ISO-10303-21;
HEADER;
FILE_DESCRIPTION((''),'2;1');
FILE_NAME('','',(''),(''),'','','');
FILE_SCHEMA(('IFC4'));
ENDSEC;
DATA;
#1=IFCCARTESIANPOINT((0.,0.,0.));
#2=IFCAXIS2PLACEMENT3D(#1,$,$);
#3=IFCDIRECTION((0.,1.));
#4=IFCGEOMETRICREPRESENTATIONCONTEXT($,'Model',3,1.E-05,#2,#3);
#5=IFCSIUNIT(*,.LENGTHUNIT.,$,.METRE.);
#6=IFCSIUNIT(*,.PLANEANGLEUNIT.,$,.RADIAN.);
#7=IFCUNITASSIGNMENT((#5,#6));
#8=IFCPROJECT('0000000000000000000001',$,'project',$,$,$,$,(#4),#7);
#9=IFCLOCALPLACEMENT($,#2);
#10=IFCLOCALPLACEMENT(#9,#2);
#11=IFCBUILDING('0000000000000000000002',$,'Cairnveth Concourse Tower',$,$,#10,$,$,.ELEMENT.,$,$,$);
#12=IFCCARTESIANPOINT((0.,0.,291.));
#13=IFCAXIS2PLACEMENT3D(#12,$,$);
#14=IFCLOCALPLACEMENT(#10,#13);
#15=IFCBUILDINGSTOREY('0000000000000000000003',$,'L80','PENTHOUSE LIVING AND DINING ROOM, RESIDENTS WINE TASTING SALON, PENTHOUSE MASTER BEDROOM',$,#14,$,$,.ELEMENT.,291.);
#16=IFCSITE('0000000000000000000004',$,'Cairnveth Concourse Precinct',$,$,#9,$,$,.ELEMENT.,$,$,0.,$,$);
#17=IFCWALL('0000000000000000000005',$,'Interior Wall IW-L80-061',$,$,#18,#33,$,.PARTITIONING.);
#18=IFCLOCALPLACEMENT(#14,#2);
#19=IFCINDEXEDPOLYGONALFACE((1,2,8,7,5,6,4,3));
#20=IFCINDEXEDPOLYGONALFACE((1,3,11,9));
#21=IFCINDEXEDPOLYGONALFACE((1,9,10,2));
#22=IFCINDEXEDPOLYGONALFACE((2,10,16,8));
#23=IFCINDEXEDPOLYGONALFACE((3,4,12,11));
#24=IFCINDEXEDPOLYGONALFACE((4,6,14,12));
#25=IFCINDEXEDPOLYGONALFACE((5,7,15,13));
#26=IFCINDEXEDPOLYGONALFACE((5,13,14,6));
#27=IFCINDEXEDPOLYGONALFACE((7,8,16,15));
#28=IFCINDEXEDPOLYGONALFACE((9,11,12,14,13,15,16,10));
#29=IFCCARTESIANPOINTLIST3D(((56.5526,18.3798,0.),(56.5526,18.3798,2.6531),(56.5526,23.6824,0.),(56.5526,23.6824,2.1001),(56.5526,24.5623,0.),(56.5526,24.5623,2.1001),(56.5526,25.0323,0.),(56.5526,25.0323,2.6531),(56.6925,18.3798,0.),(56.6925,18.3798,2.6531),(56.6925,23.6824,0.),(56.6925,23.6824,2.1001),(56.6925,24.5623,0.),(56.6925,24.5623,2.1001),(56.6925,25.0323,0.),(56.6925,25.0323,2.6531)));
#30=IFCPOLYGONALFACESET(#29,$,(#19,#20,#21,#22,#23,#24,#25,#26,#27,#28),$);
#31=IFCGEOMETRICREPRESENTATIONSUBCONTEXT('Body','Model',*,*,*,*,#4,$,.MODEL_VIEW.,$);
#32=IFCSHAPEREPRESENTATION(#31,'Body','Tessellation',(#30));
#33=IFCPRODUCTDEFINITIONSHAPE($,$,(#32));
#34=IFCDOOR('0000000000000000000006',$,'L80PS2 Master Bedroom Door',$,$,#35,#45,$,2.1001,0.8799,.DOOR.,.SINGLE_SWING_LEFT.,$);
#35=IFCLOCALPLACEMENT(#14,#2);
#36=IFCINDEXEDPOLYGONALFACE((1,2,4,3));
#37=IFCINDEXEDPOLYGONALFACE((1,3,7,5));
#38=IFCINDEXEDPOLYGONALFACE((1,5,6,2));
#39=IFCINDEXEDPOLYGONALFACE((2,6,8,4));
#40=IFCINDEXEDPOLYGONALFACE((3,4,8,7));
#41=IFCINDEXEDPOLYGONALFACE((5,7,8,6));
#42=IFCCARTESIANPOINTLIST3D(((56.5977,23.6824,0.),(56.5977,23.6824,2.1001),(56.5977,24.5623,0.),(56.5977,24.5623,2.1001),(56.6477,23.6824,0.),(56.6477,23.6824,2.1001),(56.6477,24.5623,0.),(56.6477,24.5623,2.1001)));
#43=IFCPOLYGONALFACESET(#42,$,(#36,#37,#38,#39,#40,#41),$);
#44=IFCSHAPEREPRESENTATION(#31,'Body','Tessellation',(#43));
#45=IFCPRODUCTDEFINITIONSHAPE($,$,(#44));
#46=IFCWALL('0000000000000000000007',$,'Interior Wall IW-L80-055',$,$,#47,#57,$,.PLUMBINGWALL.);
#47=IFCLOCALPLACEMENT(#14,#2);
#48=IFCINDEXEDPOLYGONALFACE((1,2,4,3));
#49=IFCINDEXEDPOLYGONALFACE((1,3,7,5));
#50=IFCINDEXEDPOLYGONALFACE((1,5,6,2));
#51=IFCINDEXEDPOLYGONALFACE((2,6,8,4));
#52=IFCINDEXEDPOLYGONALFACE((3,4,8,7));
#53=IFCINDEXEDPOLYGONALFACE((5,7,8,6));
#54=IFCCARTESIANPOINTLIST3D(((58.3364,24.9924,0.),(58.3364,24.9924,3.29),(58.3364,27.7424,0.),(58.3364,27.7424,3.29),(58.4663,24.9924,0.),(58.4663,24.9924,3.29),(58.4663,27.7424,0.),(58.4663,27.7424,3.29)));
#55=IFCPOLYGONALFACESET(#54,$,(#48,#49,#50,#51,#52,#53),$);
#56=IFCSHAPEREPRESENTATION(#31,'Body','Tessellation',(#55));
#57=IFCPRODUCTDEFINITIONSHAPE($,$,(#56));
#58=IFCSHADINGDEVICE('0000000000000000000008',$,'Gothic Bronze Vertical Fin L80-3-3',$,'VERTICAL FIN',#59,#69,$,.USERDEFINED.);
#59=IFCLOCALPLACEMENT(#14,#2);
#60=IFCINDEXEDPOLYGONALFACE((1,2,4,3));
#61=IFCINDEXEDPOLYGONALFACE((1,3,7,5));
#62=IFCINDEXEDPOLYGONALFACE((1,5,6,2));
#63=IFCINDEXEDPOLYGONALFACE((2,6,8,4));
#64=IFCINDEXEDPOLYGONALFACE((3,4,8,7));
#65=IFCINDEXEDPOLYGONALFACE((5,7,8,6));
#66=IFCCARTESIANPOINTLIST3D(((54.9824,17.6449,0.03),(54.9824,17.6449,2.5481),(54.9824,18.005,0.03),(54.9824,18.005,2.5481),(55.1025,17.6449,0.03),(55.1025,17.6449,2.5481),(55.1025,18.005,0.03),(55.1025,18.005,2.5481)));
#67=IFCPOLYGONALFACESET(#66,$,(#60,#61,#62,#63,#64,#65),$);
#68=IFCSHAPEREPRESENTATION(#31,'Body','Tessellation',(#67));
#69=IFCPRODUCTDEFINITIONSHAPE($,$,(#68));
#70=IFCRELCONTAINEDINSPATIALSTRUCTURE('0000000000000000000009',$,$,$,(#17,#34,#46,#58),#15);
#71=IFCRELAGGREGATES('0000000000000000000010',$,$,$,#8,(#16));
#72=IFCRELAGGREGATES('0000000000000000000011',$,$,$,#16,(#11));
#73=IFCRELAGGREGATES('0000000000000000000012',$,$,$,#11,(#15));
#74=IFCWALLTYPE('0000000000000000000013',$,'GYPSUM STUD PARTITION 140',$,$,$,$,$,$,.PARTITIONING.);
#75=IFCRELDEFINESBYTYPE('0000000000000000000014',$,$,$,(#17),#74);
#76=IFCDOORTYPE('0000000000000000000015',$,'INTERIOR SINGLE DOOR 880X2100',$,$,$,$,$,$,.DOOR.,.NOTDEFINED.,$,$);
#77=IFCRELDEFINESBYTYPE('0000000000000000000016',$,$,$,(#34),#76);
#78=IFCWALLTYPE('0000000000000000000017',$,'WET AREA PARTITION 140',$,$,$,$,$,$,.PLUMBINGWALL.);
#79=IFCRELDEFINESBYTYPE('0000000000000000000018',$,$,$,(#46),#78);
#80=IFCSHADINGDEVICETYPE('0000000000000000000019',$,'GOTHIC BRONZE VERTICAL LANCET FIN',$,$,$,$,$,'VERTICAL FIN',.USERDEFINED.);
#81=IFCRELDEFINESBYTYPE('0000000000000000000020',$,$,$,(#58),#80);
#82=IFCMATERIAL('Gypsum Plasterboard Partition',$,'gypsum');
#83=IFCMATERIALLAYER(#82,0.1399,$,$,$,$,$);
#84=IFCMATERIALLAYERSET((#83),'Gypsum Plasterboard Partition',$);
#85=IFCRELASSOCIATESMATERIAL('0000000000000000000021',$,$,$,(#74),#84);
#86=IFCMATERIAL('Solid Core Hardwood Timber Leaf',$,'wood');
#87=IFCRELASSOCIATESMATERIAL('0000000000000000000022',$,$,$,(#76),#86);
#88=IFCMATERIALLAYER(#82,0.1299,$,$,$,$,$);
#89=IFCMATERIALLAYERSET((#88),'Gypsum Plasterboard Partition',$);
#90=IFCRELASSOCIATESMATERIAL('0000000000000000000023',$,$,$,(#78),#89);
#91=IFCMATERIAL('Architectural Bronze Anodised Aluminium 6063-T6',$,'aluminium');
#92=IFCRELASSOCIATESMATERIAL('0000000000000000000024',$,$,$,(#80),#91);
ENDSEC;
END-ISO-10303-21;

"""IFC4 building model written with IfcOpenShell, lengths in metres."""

from ifc_helpers import new_model, si_unit, direction, frame, frame_2d, origin, origin_2d, place, context, subcontext, project, spatial, rectangle, extrude, material, layer, layer_set, type_object, element, fill, save


model = new_model("IFC4")

# Units and contexts
model_context = context("Model", 3, precision=1e-05, world=origin(), true_north=direction((0.0, 1.0)))
body_context = subcontext(model_context, "Body", "Model", "MODEL_VIEW")
ifc_project = project(units=[si_unit("LENGTHUNIT", "METRE"), si_unit("PLANEANGLEUNIT", "RADIAN")], contexts=[model_context])

# Site, building, storey
site_placement = place(None, origin())
site = spatial("IfcSite", under=ifc_project, at=site_placement, Name="Cairnveth Concourse Precinct", CompositionType="ELEMENT", RefElevation=0.0)
building_placement = place(site_placement, origin())
building = spatial("IfcBuilding", under=site, at=building_placement, Name="Cairnveth Concourse Tower", CompositionType="ELEMENT")
storey_placement = place(building_placement, frame((0.0, 0.0, 291.0)))
storey = spatial("IfcBuildingStorey", under=building, at=storey_placement, Name="L80", Description="PENTHOUSE LIVING AND DINING ROOM, RESIDENTS WINE TASTING SALON, PENTHOUSE MASTER BEDROOM", CompositionType="ELEMENT", Elevation=291.0)

# Shared definitions
ifc_material_1 = material(Name="Gypsum Plasterboard Partition", Category="gypsum")

# Wall, opening, door
ifc_layer_1 = layer(ifc_material_1, 0.1399)
ifc_layer_set_1 = layer_set([ifc_layer_1], Name="Gypsum Plasterboard Partition")
wall_type_1 = type_object("IfcWallType", Name="GYPSUM STUD PARTITION 140", PredefinedType="PARTITIONING", material=ifc_layer_set_1)
ifc_material_2 = material(Name="Solid Core Hardwood Timber Leaf", Category="wood")
door_type_1 = type_object("IfcDoorType", Name="INTERIOR SINGLE DOOR 880X2100", OperationType="NOTDEFINED", PredefinedType="DOOR", material=ifc_material_2)
wall_1_placement = place(storey_placement, frame((56.6226, 18.3799, 0.0), z_axis=(0.0, 0.0, 1.0), x_axis=(0.0, 1.0, 0.0)))
wall_1 = element("IfcWall", 1, at=wall_1_placement, inside=storey, type_object=wall_type_1, Name="Interior Wall IW-L80-061", PredefinedType="PARTITIONING", context=body_context, shape_type="SweptSolid", body=[
    extrude(rectangle(XDim=6.6526, YDim=0.1399, at=frame_2d((3.3262, 0.0))), origin(), (0.0, 0.0, 1.0), 2.6531),
])
opening_1_placement = place(wall_1_placement, frame((5.3025, 0.0, 0.0)))
opening_1 = element("IfcOpeningElement", 2, at=opening_1_placement, cuts=wall_1, PredefinedType="OPENING", context=body_context, shape_type="SweptSolid", body=[
    extrude(rectangle(XDim=0.8799, YDim=2.1001, at=frame_2d((0.4399, 1.05))), frame((0.0, 0.0798, 0.0), z_axis=(0.0, -1.0, 0.0), x_axis=(1.0, 0.0, 0.0)), (0.0, 0.0, 1.0), 0.1599),
])
door_1_placement = place(opening_1_placement, origin())
door_1 = element("IfcDoor", 3, at=door_1_placement, inside=storey, type_object=door_type_1, Name="L80PS2 Master Bedroom Door", OperationType="SINGLE_SWING_LEFT", OverallHeight=2.1001, OverallWidth=0.8799, PredefinedType="DOOR", context=body_context, shape_type="SweptSolid", body=[
    extrude(rectangle(XDim=0.8799, YDim=2.1001, at=frame_2d((0.4399, 1.05))), frame((0.0, 0.0249, 0.0), z_axis=(0.0, -1.0, 0.0), x_axis=(1.0, 0.0, 0.0)), (0.0, 0.0, 1.0), 0.05),
])
fill(opening_1, door_1)

# Wall
ifc_layer_2 = layer(ifc_material_1, 0.1299)
ifc_layer_set_2 = layer_set([ifc_layer_2], Name="Gypsum Plasterboard Partition")
wall_type_2 = type_object("IfcWallType", Name="WET AREA PARTITION 140", PredefinedType="PLUMBINGWALL", material=ifc_layer_set_2)
wall_2_placement = place(storey_placement, frame((58.4014, 24.9924, 0.0), z_axis=(0.0, 0.0, 1.0), x_axis=(0.0, 1.0, 0.0)))
element("IfcWall", 4, at=wall_2_placement, inside=storey, type_object=wall_type_2, Name="Interior Wall IW-L80-055", PredefinedType="PLUMBINGWALL", context=body_context, shape_type="SweptSolid", body=[
    extrude(rectangle(XDim=2.75, YDim=0.1299, at=frame_2d((1.375, 0.0))), origin(), (0.0, 0.0, 1.0), 3.29),
])

# Shading device
ifc_material_3 = material(Name="Architectural Bronze Anodised Aluminium 6063-T6", Category="aluminium")
shading_device_type = type_object("IfcShadingDeviceType", Name="GOTHIC BRONZE VERTICAL LANCET FIN", ElementType="VERTICAL FIN", PredefinedType="USERDEFINED", material=ifc_material_3)
shading_device_placement = place(storey_placement, frame((55.0425, 17.825, 0.03), z_axis=(0.0, 0.0, 1.0), x_axis=(1.0, 0.0, 0.0)))
element("IfcShadingDevice", 5, at=shading_device_placement, inside=storey, type_object=shading_device_type, Name="Gothic Bronze Vertical Fin L80-3-3", ObjectType="VERTICAL FIN", PredefinedType="USERDEFINED", context=body_context, shape_type="SweptSolid", body=[
    extrude(rectangle(XDim=0.1201, YDim=0.3601, at=origin_2d()), origin(), (0.0, 0.0, 1.0), 2.5181),
])

save(model, "model.ifc")
